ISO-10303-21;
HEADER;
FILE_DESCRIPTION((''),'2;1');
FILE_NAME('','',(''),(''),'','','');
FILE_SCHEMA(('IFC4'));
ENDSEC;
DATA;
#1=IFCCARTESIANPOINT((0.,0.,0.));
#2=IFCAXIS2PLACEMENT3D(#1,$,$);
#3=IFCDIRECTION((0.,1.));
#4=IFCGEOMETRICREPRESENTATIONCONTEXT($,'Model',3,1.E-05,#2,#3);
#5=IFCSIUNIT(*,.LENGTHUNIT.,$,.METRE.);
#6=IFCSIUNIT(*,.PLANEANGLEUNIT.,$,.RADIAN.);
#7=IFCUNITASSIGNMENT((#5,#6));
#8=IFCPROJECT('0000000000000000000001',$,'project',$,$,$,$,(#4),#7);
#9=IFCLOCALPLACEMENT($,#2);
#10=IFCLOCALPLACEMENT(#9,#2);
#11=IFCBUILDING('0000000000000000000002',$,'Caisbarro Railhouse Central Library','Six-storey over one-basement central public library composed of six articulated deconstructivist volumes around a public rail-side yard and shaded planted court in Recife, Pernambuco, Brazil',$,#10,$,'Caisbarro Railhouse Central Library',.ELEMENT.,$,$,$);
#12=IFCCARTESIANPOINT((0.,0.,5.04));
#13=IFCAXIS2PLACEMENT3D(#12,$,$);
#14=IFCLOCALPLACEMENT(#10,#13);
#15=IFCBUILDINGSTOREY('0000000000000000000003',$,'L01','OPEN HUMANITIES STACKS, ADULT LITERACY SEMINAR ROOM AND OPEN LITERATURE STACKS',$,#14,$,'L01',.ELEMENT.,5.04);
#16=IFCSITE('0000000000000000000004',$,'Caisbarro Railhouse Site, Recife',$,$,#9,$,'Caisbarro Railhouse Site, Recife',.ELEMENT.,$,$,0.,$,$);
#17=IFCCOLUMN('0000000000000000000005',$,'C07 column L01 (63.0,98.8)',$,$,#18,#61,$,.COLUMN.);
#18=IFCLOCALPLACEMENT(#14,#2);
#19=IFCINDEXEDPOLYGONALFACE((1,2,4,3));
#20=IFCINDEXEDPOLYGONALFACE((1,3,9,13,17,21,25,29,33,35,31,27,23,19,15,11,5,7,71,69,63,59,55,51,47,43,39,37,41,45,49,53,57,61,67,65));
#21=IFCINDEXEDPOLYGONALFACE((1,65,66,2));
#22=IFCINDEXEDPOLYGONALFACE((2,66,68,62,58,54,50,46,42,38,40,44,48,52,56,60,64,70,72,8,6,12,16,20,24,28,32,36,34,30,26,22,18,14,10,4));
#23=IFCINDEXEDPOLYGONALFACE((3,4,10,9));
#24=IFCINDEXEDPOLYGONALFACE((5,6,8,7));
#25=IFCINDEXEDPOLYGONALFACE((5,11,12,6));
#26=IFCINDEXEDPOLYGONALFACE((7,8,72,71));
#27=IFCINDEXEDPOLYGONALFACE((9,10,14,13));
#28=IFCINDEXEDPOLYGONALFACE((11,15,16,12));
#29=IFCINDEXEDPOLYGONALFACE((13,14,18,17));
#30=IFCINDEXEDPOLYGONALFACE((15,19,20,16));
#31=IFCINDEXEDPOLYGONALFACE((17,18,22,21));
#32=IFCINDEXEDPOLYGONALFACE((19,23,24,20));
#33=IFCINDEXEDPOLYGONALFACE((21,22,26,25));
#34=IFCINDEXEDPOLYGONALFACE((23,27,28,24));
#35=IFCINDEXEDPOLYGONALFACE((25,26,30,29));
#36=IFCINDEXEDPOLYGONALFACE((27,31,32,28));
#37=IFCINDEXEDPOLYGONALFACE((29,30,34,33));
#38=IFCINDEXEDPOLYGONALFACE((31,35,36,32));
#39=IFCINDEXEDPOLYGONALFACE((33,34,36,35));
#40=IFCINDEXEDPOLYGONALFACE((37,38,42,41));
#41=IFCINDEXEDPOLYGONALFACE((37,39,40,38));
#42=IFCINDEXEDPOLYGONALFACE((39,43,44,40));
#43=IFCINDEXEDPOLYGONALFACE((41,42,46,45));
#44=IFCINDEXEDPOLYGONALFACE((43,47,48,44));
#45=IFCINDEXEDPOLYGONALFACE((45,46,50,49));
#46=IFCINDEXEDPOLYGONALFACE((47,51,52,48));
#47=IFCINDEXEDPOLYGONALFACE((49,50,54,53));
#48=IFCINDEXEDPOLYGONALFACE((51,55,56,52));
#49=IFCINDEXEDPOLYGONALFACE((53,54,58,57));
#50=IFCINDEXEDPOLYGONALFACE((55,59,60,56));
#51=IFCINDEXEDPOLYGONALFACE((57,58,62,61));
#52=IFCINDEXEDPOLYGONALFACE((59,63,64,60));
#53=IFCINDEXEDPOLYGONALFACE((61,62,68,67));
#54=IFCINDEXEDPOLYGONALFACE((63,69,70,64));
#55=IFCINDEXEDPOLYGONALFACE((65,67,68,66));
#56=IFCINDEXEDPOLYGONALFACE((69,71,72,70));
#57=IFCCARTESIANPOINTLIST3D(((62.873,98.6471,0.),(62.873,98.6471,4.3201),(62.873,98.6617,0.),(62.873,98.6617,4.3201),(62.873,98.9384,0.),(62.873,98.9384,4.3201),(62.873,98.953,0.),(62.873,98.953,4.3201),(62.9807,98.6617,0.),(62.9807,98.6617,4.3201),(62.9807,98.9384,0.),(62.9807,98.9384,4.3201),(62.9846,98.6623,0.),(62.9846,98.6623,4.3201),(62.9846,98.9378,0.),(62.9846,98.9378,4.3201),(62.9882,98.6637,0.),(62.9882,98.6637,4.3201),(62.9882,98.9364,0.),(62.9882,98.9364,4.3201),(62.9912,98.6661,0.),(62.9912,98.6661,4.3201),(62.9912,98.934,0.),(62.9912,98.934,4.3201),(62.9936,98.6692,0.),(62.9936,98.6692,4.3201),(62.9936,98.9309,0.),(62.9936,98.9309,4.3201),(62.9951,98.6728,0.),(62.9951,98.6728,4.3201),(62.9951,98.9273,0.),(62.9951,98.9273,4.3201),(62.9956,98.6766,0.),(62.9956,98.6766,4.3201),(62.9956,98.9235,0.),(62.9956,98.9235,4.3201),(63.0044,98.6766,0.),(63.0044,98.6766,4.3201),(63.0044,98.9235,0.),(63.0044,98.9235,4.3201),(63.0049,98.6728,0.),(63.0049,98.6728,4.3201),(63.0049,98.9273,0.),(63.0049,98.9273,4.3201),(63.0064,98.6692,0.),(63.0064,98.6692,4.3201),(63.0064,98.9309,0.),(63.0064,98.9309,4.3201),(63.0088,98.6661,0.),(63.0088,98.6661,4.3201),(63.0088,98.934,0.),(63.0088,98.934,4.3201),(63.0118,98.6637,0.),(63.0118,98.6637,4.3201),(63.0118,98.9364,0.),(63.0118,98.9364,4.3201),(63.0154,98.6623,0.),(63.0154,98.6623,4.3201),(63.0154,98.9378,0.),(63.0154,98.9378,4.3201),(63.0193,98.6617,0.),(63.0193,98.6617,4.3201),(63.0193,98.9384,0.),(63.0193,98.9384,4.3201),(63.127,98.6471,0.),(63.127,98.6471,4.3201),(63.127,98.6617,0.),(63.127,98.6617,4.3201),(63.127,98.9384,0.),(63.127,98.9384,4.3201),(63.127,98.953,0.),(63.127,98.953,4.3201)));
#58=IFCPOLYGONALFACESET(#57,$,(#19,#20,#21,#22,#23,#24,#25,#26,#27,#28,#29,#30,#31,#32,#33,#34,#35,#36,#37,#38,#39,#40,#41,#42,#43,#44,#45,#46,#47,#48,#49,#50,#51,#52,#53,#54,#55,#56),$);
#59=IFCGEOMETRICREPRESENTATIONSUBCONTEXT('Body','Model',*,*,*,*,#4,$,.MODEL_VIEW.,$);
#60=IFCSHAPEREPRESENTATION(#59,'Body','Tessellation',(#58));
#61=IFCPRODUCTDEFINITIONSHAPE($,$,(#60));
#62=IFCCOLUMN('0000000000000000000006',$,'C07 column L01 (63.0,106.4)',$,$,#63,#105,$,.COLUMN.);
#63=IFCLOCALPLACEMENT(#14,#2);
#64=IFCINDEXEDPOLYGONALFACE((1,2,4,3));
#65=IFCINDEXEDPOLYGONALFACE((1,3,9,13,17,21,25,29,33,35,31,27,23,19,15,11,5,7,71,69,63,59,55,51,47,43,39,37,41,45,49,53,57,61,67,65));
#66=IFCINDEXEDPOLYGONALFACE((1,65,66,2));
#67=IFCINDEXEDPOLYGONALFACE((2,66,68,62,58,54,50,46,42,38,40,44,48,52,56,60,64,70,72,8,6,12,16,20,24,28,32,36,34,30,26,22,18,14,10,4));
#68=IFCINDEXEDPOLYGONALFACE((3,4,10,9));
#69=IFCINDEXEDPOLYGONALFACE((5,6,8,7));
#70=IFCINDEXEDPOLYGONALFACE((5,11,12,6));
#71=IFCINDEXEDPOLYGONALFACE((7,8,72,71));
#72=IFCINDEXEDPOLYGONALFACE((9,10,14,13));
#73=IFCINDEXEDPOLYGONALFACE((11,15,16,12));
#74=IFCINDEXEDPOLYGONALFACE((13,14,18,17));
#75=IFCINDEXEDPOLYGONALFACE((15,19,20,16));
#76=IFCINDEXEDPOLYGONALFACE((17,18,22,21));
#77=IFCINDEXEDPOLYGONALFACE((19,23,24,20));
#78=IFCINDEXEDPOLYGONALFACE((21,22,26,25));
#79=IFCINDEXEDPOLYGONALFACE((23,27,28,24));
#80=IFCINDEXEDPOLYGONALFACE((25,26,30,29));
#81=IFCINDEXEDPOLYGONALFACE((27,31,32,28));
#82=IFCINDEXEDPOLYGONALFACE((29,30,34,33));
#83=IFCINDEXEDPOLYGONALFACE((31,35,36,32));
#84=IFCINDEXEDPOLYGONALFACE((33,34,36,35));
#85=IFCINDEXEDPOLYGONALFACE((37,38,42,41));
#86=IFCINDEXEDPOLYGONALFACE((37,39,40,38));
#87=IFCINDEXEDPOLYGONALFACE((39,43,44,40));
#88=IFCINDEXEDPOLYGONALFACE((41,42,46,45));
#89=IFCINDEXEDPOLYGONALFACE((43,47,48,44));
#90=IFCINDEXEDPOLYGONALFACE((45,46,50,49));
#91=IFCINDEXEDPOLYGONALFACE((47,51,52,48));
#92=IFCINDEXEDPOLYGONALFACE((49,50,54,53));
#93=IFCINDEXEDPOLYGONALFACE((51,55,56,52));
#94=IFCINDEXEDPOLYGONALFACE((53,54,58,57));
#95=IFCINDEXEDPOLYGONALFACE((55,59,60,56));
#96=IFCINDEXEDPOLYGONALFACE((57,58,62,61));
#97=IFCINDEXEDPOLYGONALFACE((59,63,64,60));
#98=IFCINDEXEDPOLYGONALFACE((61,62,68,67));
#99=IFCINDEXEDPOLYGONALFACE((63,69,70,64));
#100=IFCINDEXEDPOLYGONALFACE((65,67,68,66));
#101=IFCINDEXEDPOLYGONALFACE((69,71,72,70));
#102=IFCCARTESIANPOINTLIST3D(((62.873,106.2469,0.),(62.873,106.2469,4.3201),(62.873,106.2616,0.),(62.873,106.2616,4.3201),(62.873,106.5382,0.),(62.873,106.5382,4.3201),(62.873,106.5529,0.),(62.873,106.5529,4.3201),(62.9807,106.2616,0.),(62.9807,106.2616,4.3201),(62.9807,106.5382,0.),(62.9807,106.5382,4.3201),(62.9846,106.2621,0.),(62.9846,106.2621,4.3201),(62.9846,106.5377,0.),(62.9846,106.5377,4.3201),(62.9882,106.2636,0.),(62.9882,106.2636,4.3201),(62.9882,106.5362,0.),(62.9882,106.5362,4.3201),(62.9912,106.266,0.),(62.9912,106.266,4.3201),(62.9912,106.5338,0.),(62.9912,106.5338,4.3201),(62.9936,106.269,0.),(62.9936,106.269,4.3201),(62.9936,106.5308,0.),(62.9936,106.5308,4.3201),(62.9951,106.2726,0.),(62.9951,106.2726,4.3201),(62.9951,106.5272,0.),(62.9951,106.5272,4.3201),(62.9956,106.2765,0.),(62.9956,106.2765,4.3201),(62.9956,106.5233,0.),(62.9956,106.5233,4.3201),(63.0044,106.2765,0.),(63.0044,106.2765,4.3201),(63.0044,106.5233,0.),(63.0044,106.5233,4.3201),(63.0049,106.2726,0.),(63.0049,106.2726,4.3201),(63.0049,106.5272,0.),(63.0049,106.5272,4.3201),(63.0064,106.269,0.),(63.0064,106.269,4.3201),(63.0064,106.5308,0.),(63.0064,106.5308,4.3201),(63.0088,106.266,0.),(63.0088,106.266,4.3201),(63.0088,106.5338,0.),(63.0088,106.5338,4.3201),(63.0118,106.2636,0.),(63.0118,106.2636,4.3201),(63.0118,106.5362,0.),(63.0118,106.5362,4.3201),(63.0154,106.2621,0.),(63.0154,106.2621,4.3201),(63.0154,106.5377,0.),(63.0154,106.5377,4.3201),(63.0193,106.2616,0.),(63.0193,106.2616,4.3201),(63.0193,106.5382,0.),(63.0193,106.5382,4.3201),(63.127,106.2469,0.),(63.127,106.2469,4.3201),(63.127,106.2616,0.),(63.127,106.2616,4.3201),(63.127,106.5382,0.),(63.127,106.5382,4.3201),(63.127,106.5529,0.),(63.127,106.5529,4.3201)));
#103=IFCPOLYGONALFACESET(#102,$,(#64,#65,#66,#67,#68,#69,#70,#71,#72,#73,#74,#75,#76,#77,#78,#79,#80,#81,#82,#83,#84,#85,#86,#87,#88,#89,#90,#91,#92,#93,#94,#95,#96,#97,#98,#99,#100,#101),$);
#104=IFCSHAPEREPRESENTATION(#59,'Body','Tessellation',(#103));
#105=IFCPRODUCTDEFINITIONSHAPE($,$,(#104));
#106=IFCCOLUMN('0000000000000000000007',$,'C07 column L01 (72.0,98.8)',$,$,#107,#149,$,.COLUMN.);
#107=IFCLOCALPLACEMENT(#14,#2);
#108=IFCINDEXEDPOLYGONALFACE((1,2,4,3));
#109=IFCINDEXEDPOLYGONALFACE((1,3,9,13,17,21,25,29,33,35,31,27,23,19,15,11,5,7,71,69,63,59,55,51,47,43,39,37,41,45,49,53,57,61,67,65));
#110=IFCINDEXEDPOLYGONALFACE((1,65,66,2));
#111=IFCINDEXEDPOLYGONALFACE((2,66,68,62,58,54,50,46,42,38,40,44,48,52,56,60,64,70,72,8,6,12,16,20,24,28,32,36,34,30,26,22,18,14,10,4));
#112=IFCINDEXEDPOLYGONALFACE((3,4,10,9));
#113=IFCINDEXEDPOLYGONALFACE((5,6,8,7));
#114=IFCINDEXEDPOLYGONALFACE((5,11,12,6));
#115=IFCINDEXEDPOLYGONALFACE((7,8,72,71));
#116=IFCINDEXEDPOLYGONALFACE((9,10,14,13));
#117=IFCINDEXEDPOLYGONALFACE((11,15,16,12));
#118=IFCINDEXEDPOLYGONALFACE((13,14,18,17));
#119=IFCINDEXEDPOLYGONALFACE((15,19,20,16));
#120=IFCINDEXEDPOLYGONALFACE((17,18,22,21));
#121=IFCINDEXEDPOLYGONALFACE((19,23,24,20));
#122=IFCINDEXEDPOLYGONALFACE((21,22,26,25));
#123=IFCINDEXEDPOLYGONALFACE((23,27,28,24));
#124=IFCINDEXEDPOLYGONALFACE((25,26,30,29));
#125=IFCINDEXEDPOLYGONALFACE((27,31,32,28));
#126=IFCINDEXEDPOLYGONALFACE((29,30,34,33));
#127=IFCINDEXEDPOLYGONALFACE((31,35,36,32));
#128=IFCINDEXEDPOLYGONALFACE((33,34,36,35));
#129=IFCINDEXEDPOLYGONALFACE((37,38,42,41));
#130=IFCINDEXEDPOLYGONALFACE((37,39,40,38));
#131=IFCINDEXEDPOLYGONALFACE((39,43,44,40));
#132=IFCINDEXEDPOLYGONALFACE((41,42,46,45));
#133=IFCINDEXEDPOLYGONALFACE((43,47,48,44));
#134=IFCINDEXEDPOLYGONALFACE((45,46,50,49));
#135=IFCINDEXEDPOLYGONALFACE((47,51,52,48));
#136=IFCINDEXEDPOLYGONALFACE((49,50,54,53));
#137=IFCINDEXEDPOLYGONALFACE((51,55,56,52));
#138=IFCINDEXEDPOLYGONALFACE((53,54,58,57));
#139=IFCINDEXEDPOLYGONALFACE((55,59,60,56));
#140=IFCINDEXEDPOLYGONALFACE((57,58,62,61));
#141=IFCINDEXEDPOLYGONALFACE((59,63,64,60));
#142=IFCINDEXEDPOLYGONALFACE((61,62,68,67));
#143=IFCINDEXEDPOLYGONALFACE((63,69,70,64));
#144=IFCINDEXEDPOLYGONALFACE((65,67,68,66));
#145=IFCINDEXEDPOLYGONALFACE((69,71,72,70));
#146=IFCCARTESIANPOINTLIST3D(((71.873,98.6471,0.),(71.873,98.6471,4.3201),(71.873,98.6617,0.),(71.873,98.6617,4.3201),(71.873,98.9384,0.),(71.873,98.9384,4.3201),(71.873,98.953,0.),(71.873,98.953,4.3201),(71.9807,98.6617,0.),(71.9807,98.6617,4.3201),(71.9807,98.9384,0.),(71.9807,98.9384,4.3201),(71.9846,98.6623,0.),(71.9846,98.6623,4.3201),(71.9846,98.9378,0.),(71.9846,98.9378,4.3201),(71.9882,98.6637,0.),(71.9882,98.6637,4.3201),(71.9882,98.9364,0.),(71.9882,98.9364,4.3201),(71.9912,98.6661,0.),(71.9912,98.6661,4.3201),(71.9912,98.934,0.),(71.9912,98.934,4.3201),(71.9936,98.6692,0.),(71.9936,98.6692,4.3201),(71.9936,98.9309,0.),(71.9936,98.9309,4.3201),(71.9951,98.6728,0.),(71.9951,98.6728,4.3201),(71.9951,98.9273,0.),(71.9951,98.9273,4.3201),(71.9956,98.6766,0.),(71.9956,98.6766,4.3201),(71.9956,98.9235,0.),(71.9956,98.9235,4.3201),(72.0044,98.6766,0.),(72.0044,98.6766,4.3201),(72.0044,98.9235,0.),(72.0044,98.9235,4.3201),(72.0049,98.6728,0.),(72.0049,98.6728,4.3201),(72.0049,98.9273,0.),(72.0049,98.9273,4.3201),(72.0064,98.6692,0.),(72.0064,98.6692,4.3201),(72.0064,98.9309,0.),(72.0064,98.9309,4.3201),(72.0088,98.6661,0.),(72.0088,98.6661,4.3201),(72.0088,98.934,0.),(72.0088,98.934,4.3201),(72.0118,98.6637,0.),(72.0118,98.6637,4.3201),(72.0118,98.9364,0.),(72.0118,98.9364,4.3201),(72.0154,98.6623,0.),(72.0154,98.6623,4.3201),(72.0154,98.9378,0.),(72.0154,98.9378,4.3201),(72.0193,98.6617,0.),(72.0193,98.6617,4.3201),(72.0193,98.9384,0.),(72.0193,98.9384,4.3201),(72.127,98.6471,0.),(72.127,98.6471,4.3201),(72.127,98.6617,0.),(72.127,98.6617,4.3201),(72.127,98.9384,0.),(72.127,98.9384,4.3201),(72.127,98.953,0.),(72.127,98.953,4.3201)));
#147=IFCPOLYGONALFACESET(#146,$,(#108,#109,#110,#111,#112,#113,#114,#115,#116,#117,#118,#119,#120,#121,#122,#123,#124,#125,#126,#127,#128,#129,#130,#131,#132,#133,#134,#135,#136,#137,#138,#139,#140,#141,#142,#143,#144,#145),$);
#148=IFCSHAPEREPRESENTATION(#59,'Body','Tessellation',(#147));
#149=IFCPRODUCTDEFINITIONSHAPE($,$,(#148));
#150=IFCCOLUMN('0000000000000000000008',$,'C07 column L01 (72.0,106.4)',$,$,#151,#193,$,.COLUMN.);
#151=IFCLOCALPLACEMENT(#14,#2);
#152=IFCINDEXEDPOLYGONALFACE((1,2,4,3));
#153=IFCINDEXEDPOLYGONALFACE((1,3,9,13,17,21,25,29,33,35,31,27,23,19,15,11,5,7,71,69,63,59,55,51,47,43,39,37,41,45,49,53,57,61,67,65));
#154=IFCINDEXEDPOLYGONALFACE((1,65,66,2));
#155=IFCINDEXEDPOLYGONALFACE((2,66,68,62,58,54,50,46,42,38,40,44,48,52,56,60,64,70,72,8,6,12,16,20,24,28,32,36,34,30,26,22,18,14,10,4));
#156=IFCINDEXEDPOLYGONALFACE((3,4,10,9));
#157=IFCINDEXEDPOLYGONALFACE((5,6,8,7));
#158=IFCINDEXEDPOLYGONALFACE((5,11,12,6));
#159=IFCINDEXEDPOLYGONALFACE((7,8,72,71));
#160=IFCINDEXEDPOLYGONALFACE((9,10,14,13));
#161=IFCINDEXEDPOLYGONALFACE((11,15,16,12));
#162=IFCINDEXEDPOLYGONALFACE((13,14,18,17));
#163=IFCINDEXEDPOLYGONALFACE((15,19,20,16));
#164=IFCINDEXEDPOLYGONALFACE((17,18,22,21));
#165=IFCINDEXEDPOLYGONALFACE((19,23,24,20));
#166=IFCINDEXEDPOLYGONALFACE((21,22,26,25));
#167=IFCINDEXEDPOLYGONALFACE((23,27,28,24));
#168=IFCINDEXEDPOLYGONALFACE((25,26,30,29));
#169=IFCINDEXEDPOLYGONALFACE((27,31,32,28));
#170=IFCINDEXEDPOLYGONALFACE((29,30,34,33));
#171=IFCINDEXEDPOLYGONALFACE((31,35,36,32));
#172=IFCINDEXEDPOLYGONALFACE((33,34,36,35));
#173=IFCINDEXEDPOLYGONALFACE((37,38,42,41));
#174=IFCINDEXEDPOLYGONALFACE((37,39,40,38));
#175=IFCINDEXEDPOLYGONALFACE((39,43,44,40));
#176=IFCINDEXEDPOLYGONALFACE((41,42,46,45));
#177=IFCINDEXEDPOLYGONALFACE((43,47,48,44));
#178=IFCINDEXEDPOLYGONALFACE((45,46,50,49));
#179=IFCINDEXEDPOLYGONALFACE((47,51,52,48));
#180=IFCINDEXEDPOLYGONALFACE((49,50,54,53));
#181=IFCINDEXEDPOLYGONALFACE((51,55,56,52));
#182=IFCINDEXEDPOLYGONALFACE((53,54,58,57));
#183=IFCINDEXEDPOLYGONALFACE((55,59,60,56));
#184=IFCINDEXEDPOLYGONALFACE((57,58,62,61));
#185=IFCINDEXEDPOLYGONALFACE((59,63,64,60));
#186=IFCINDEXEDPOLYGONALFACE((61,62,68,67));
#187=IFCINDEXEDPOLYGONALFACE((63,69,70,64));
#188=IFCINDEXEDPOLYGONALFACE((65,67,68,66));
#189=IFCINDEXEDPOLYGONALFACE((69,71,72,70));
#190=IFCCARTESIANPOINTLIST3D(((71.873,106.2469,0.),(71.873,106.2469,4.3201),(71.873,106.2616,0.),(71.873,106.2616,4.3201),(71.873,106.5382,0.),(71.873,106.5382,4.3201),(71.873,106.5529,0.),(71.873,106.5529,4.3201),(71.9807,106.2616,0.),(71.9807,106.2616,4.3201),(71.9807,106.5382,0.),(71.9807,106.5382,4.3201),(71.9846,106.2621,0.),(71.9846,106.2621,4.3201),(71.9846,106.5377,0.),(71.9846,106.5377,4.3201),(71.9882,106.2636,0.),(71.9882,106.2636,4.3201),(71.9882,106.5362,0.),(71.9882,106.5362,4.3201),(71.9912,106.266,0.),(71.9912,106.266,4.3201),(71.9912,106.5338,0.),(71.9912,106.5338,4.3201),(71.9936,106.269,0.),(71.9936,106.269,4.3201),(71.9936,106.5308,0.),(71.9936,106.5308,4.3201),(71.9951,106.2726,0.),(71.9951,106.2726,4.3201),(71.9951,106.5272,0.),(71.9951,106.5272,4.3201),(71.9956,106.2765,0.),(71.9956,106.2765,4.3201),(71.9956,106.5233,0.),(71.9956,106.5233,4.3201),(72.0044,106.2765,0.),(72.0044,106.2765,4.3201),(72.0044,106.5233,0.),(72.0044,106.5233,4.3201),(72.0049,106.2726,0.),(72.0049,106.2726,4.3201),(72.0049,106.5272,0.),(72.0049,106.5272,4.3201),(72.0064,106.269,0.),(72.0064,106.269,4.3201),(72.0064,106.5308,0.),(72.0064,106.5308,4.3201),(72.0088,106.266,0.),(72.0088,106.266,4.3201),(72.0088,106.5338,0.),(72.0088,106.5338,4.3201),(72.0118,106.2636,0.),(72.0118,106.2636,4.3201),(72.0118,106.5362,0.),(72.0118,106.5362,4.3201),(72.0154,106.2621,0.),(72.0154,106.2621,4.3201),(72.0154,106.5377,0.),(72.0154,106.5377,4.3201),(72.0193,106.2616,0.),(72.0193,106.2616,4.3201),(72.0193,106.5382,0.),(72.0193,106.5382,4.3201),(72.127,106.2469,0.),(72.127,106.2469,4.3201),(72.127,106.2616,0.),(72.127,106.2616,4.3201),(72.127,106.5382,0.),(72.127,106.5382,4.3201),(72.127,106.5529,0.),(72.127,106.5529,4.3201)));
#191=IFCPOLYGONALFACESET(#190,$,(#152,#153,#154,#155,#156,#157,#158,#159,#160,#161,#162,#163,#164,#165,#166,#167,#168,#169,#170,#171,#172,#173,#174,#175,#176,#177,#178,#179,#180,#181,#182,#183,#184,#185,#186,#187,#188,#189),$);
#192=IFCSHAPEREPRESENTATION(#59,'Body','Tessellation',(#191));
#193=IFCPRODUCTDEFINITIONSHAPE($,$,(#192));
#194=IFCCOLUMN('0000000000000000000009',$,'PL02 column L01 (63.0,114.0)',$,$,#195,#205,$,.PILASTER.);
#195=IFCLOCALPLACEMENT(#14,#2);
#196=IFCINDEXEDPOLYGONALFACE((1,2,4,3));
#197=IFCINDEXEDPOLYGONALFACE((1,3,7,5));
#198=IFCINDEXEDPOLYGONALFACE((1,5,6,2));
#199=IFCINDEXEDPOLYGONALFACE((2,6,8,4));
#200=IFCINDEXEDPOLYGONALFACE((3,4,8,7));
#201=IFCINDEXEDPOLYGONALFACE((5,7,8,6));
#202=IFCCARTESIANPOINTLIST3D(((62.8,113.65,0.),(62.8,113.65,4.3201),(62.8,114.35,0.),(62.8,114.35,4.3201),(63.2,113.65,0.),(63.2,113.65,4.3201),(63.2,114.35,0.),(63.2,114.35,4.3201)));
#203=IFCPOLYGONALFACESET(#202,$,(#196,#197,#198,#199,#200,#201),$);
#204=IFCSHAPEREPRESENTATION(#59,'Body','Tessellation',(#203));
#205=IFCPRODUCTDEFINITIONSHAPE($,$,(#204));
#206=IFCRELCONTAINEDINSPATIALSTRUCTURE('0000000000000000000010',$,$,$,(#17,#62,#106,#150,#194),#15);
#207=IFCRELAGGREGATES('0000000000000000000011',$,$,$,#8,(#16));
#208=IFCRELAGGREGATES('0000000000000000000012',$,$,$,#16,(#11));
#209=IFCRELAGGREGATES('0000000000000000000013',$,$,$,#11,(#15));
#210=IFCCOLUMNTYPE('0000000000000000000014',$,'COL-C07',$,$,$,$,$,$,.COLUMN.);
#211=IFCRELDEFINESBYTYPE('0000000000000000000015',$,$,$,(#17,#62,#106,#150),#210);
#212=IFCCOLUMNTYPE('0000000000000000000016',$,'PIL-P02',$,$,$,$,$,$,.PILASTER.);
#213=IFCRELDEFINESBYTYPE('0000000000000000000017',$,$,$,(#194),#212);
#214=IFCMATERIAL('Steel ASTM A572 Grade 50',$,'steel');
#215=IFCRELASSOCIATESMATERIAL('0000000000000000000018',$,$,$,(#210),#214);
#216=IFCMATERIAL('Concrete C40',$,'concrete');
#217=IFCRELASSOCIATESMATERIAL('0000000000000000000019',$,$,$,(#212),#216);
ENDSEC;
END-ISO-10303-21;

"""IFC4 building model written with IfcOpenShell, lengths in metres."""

from ifc_helpers import new_model, si_unit, direction, frame, origin, origin_2d, place, context, subcontext, project, spatial, rectangle, i_section, extrude, material, material_profile, profile_set, type_object, element, save


model = new_model("IFC4")

# Units and contexts
model_context = context("Model", 3, precision=1e-05, world=origin(), true_north=direction((0.0, 1.0)))
body_context = subcontext(model_context, "Body", "Model", "MODEL_VIEW")
ifc_project = project(units=[si_unit("LENGTHUNIT", "METRE"), si_unit("PLANEANGLEUNIT", "RADIAN")], contexts=[model_context])

# Site, building, storey
site_placement = place(None, origin())
site = spatial("IfcSite", under=ifc_project, at=site_placement, Name="Caisbarro Railhouse Site, Recife", LongName="Caisbarro Railhouse Site, Recife", CompositionType="ELEMENT", RefElevation=0.0)
building_placement = place(site_placement, origin())
building = spatial("IfcBuilding", under=site, at=building_placement, Name="Caisbarro Railhouse Central Library", Description="Six-storey over one-basement central public library composed of six articulated deconstructivist volumes around a public rail-side yard and shaded planted court in Recife, Pernambuco, Brazil", LongName="Caisbarro Railhouse Central Library", CompositionType="ELEMENT")
storey_placement = place(building_placement, frame((0.0, 0.0, 5.04)))
storey = spatial("IfcBuildingStorey", under=building, at=storey_placement, Name="L01", Description="OPEN HUMANITIES STACKS, ADULT LITERACY SEMINAR ROOM AND OPEN LITERATURE STACKS", LongName="L01", CompositionType="ELEMENT", Elevation=5.04)

# Columns
ifc_material_1 = material(Name="Steel ASTM A572 Grade 50", Category="steel")
ifc_material_profile_1 = material_profile(ifc_material_1, i_section(OverallWidth=0.2539, OverallDepth=0.3059, WebThickness=0.0088, FlangeThickness=0.0146, FilletRadius=0.0149, at=origin_2d()), Name="W310X79.0")
ifc_profile_set_1 = profile_set([ifc_material_profile_1], Name="Steel ASTM A572 Grade 50")
column_type_1 = type_object("IfcColumnType", Name="COL-C07", PredefinedType="COLUMN", material=ifc_profile_set_1)
for number, where, z_axis, x_axis, name in (
    (1, (63.0, 98.8, 0.0), (0.0, 0.0, 1.0), (1.0, 0.0, 0.0), "C07 column L01 (63.0,98.8)"),
    (2, (63.0, 106.3999, 0.0), (0.0, 0.0, 1.0), (1.0, 0.0, 0.0), "C07 column L01 (63.0,106.4)"),
    (3, (72.0, 98.8, 0.0), (0.0, 0.0, 1.0), (1.0, 0.0, 0.0), "C07 column L01 (72.0,98.8)"),
    (4, (72.0, 106.3999, 0.0), (0.0, 0.0, 1.0), (1.0, 0.0, 0.0), "C07 column L01 (72.0,106.4)"),
):
    element("IfcColumn", number, at=place(storey_placement, frame(where, z_axis=z_axis, x_axis=x_axis)), inside=storey, type_object=column_type_1, Name=name, PredefinedType="COLUMN", context=body_context, shape_type="SweptSolid", body=[
        extrude(i_section(OverallWidth=0.2539, OverallDepth=0.3059, WebThickness=0.0088, FlangeThickness=0.0146, FilletRadius=0.0149, at=origin_2d()), origin(), (0.0, 0.0, 1.0), 4.3201),
    ])
ifc_material_2 = material(Name="Concrete C40", Category="concrete")
ifc_material_profile_2 = material_profile(ifc_material_2, rectangle(XDim=0.3999, YDim=0.7, at=origin_2d()), Name="RC-PIL-400X700")
ifc_profile_set_2 = profile_set([ifc_material_profile_2], Name="Concrete C40")
column_type_2 = type_object("IfcColumnType", Name="PIL-P02", PredefinedType="PILASTER", material=ifc_profile_set_2)
column_placement = place(storey_placement, frame((63.0, 114.0, 0.0), z_axis=(0.0, 0.0, 1.0), x_axis=(1.0, 0.0, 0.0)))
element("IfcColumn", 5, at=column_placement, inside=storey, type_object=column_type_2, Name="PL02 column L01 (63.0,114.0)", PredefinedType="PILASTER", context=body_context, shape_type="SweptSolid", body=[
    extrude(rectangle(XDim=0.3999, YDim=0.7, at=origin_2d()), origin(), (0.0, 0.0, 1.0), 4.3201),
])

save(model, "model.ifc")
